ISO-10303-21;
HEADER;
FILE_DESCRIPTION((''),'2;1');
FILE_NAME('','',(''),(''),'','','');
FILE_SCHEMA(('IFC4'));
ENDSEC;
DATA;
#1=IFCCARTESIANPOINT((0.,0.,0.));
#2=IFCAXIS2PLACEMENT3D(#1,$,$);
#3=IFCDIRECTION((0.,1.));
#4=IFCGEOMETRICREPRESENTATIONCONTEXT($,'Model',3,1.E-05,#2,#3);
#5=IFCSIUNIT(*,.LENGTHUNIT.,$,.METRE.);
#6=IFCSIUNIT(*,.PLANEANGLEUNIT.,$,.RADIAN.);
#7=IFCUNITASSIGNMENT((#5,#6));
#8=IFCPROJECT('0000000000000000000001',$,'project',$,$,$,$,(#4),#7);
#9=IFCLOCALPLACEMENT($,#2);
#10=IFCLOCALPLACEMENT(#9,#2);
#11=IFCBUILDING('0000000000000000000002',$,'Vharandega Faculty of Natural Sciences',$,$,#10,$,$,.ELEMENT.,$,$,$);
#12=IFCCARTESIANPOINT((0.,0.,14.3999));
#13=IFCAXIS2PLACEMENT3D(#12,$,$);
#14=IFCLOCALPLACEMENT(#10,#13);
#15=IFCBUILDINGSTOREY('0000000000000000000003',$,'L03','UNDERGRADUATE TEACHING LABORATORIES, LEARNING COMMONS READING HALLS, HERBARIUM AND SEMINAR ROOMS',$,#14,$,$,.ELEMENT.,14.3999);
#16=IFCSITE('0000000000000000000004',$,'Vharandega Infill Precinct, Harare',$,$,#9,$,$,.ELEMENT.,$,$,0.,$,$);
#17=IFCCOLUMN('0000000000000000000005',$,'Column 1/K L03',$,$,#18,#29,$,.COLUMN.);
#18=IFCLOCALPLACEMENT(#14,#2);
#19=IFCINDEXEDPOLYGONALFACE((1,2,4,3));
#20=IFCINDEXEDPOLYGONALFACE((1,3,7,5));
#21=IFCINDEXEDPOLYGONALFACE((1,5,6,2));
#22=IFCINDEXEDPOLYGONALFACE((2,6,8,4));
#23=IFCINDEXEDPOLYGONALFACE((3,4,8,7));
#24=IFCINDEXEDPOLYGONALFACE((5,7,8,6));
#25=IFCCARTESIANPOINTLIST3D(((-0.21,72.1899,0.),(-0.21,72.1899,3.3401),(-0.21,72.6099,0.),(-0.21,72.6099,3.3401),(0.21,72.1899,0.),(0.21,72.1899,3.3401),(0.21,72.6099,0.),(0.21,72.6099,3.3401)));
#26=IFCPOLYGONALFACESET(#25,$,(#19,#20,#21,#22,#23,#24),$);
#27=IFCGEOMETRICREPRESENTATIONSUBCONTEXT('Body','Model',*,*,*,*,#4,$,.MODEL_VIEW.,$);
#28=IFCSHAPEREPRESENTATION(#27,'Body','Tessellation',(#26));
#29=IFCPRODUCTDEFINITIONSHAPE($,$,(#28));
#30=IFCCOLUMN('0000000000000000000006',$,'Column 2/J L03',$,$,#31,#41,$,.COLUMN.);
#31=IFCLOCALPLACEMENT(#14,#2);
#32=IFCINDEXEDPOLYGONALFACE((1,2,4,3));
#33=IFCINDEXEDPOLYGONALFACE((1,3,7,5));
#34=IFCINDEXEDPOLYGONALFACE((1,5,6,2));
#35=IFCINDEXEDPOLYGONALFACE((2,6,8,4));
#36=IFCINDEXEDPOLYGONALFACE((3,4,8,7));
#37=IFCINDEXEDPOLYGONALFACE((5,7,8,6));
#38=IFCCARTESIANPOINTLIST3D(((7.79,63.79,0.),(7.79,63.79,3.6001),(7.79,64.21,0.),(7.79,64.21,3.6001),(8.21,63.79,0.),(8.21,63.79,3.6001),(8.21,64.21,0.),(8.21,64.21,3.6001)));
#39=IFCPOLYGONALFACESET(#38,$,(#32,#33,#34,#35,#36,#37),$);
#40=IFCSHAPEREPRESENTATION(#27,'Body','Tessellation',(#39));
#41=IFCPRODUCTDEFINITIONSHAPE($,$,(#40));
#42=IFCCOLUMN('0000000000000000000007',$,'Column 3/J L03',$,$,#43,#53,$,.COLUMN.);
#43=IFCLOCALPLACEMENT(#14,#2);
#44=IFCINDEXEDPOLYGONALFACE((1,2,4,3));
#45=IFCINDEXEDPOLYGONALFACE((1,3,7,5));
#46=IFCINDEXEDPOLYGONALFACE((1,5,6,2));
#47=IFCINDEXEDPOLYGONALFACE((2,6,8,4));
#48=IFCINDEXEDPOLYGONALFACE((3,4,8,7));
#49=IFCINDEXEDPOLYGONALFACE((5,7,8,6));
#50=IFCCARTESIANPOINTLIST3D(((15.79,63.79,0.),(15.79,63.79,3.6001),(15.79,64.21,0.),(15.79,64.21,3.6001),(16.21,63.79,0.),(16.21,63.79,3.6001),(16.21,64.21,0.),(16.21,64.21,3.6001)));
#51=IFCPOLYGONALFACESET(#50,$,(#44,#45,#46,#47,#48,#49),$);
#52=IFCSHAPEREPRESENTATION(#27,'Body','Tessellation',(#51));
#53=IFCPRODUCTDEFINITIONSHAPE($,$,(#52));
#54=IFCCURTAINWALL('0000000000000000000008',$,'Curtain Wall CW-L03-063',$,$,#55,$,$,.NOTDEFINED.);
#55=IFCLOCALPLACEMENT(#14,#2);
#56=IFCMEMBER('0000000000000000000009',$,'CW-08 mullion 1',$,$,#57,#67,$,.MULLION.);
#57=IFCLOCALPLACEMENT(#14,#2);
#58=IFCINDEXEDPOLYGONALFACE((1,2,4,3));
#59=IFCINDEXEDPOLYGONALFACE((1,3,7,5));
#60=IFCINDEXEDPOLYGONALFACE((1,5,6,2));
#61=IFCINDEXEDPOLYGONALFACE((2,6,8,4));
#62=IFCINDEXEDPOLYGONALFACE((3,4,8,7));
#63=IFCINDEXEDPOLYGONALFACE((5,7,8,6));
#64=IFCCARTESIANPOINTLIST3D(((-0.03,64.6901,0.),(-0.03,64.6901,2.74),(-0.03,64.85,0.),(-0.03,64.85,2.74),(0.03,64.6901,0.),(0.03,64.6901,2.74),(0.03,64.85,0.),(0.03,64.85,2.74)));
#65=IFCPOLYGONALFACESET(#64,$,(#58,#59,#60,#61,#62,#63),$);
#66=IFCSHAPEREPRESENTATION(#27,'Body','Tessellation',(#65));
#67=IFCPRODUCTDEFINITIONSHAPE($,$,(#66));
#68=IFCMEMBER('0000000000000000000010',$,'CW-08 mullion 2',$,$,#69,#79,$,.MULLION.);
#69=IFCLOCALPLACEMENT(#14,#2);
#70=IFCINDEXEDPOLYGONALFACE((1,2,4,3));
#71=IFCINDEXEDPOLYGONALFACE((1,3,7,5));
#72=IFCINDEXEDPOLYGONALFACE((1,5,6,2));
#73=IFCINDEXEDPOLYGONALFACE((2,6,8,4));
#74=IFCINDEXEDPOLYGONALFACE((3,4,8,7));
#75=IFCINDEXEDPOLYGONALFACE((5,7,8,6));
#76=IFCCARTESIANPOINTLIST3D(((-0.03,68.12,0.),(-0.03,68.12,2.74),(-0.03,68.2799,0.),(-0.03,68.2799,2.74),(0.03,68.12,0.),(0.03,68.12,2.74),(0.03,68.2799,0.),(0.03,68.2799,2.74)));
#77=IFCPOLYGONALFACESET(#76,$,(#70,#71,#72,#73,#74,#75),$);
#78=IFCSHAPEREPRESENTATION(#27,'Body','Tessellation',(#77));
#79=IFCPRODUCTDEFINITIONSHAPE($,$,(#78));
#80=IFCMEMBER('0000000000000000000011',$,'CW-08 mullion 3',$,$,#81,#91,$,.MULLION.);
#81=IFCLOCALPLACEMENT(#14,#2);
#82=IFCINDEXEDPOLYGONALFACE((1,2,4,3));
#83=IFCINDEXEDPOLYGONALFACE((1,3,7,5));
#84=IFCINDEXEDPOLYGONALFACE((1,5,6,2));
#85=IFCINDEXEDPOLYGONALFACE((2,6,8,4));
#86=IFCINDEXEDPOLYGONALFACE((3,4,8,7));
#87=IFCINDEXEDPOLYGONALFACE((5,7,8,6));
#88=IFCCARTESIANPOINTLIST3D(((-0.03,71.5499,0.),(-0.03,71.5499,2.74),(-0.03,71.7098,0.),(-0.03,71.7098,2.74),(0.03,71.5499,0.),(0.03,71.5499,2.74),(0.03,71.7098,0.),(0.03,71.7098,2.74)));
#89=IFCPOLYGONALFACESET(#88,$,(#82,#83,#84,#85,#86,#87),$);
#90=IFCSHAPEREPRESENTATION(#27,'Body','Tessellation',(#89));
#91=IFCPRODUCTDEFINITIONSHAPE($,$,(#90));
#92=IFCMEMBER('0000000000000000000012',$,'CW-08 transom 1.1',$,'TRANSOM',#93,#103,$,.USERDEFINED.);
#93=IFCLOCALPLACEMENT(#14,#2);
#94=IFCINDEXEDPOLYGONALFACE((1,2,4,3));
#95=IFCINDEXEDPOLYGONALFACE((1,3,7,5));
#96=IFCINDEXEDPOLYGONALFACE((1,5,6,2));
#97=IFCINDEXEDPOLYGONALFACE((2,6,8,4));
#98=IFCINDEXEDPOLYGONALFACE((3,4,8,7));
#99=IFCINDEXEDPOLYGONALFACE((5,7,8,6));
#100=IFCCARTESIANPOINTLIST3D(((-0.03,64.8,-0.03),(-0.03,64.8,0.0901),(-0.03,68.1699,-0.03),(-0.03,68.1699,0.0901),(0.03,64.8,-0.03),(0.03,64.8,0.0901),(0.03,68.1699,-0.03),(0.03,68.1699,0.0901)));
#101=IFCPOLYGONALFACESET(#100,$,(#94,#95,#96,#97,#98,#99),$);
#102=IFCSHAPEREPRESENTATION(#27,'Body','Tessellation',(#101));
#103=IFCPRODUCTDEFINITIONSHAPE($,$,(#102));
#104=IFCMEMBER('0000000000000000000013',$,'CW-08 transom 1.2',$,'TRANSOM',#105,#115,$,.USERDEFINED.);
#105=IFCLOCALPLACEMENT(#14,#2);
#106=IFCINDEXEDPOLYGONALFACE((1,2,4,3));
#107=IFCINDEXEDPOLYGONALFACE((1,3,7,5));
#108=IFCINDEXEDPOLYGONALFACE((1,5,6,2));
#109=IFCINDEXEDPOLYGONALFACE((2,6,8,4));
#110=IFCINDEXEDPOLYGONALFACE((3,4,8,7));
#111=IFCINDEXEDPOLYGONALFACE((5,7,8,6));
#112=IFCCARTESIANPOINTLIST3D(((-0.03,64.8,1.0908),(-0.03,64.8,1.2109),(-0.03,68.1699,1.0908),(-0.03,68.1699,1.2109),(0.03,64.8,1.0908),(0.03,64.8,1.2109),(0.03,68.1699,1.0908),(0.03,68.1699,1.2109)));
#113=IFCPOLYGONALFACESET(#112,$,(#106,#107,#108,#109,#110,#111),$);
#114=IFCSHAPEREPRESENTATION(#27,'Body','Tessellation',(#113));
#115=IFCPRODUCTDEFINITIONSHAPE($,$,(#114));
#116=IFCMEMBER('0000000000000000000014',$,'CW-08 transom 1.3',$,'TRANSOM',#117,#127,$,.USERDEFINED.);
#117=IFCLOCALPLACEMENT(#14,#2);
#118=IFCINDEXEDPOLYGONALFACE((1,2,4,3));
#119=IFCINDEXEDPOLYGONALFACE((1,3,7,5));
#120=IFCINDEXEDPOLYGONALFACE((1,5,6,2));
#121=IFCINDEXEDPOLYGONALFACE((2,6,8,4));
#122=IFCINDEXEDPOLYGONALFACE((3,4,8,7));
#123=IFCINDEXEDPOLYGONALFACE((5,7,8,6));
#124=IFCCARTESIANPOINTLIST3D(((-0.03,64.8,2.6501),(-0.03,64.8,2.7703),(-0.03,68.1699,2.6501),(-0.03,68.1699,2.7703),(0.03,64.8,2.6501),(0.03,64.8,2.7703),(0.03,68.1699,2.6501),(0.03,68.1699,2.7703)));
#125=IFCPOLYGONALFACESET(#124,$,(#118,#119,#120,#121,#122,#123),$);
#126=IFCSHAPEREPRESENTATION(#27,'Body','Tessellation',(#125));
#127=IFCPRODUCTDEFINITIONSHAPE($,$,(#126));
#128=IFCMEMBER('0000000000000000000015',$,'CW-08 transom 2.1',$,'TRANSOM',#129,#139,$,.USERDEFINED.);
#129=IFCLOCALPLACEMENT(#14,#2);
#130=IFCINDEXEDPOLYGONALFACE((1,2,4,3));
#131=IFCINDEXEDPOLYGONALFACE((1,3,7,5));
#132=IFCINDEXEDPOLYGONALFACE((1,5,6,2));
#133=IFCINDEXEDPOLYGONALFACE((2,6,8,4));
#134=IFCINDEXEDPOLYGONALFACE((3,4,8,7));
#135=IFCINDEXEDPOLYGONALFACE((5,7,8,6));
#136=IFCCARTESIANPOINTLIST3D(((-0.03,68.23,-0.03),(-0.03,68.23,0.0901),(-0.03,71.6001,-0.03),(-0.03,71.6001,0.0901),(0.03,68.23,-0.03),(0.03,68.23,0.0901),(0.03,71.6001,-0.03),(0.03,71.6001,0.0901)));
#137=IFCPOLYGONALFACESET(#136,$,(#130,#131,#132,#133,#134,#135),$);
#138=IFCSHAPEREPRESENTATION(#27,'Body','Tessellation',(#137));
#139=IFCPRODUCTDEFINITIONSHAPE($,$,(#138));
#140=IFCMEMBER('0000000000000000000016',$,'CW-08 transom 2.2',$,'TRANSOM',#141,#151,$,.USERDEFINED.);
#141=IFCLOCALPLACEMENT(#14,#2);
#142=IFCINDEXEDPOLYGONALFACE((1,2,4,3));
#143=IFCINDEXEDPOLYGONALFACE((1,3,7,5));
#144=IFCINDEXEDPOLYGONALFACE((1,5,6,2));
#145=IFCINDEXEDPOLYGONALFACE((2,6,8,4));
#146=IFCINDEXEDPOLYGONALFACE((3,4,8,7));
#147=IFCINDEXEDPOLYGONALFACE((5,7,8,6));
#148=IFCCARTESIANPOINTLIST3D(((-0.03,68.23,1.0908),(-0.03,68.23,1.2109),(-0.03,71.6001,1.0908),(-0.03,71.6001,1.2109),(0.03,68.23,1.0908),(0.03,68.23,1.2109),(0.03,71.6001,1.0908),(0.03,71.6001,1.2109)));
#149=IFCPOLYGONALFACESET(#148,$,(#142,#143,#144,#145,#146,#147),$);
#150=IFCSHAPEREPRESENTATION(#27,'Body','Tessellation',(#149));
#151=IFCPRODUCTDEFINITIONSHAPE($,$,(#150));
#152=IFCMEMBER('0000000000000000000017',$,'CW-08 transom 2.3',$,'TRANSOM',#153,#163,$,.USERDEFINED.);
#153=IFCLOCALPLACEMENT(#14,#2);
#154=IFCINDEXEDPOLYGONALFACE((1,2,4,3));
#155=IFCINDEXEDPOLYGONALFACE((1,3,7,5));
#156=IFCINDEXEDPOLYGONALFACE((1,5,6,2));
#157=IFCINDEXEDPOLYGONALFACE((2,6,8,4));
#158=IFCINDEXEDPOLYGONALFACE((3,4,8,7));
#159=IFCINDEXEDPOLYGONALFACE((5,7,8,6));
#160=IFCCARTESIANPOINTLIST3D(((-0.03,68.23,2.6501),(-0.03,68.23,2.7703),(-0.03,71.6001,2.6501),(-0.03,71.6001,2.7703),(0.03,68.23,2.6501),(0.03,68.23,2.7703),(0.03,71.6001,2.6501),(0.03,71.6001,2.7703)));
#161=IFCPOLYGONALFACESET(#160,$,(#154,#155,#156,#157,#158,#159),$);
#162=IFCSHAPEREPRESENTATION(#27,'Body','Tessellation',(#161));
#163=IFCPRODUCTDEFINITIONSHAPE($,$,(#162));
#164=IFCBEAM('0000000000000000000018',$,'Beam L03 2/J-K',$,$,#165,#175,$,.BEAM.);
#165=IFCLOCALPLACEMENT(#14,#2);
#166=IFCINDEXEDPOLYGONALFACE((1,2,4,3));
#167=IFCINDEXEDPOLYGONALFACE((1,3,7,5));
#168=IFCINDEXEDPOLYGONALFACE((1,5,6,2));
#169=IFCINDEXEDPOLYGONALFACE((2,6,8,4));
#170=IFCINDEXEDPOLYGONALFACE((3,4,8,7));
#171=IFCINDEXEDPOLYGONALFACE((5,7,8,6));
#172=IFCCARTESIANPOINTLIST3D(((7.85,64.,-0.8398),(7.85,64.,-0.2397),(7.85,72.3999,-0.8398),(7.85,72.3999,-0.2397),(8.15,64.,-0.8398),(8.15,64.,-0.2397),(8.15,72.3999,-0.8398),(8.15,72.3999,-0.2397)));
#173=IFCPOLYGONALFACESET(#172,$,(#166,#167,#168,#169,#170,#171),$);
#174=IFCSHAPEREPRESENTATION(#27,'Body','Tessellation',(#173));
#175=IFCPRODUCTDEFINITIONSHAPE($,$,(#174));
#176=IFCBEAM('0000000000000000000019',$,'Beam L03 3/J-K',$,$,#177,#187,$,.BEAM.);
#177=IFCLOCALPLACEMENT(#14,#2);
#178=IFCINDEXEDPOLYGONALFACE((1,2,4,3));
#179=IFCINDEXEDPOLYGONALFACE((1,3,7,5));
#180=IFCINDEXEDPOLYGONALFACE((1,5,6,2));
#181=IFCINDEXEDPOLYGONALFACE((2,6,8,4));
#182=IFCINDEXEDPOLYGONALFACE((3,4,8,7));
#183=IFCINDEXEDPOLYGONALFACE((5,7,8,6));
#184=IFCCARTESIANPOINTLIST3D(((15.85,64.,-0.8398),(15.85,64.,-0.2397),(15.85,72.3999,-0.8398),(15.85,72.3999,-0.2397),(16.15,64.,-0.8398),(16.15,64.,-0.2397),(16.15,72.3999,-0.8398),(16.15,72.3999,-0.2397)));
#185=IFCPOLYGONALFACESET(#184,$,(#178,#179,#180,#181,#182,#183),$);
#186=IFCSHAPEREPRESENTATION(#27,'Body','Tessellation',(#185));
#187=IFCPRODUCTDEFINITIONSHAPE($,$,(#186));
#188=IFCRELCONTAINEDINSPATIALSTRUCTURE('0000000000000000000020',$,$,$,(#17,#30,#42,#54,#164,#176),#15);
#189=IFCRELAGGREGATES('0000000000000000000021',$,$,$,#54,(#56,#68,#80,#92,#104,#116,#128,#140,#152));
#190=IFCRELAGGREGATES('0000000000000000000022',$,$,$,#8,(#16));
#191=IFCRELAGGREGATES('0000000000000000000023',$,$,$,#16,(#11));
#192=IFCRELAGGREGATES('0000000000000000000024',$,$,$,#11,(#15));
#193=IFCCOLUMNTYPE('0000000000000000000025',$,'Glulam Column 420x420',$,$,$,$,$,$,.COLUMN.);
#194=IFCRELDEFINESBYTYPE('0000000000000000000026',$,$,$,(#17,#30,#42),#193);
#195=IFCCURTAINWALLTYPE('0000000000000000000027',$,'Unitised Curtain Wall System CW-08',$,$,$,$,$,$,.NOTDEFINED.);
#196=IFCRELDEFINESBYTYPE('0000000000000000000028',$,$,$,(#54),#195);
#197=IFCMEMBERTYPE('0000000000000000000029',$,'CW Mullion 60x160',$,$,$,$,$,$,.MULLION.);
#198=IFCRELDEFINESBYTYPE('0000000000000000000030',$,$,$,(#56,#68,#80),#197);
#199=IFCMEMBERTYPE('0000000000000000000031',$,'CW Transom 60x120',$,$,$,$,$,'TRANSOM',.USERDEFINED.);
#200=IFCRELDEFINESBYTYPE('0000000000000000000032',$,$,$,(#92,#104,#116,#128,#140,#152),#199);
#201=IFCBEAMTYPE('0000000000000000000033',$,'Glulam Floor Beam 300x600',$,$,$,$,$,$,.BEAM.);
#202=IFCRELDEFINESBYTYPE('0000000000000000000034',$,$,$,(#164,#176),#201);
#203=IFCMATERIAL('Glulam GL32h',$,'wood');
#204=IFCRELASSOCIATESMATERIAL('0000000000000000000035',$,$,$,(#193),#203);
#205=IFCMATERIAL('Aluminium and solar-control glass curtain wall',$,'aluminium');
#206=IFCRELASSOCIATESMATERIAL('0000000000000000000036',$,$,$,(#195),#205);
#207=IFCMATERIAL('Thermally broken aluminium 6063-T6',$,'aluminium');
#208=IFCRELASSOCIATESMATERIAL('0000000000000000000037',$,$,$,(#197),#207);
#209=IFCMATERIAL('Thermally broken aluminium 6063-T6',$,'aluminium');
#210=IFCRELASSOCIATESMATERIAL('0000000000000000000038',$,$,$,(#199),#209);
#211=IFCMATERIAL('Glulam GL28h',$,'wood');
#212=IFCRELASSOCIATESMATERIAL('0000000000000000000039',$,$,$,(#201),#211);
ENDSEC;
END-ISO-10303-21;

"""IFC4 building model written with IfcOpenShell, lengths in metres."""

from ifc_helpers import new_model, si_unit, direction, frame, origin, origin_2d, place, context, subcontext, project, spatial, rectangle, extrude, material, material_profile, profile_set, type_object, element, aggregate, save


model = new_model("IFC4")

# Units and contexts
model_context = context("Model", 3, precision=1e-05, world=origin(), true_north=direction((0.0, 1.0)))
body_context = subcontext(model_context, "Body", "Model", "MODEL_VIEW")
ifc_project = project(units=[si_unit("LENGTHUNIT", "METRE"), si_unit("PLANEANGLEUNIT", "RADIAN")], contexts=[model_context])

# Site, building, storey
site_placement = place(None, origin())
site = spatial("IfcSite", under=ifc_project, at=site_placement, Name="Vharandega Infill Precinct, Harare", CompositionType="ELEMENT", RefElevation=0.0)
building_placement = place(site_placement, origin())
building = spatial("IfcBuilding", under=site, at=building_placement, Name="Vharandega Faculty of Natural Sciences", CompositionType="ELEMENT")
storey_placement = place(building_placement, frame((0.0, 0.0, 14.3999)))
storey = spatial("IfcBuildingStorey", under=building, at=storey_placement, Name="L03", Description="UNDERGRADUATE TEACHING LABORATORIES, LEARNING COMMONS READING HALLS, HERBARIUM AND SEMINAR ROOMS", CompositionType="ELEMENT", Elevation=14.3999)

# Columns
ifc_material_1 = material(Name="Glulam GL32h", Category="wood")
ifc_material_profile_1 = material_profile(ifc_material_1, rectangle(XDim=0.4199, YDim=0.4199, at=origin_2d()), Name="GL32h 420x420")
ifc_profile_set_1 = profile_set([ifc_material_profile_1], Name="Glulam GL32h")
column_type = type_object("IfcColumnType", Name="Glulam Column 420x420", PredefinedType="COLUMN", material=ifc_profile_set_1)
column_placement = place(storey_placement, frame((0.0, 72.3999, 0.0), z_axis=(0.0, 0.0, 1.0), x_axis=(1.0, 0.0, 0.0)))
element("IfcColumn", 1, at=column_placement, inside=storey, type_object=column_type, Name="Column 1/K L03", PredefinedType="COLUMN", context=body_context, shape_type="SweptSolid", body=[
    extrude(rectangle(XDim=0.4199, YDim=0.4199, at=origin_2d()), origin(), (0.0, 0.0, 1.0), 3.3401),
])
for number, where, z_axis, x_axis, name in (
    (2, (8.0, 64.0, 0.0), (0.0, 0.0, 1.0), (1.0, 0.0, 0.0), "Column 2/J L03"),
    (3, (16.0, 64.0, 0.0), (0.0, 0.0, 1.0), (1.0, 0.0, 0.0), "Column 3/J L03"),
):
    element("IfcColumn", number, at=place(storey_placement, frame(where, z_axis=z_axis, x_axis=x_axis)), inside=storey, type_object=column_type, Name=name, PredefinedType="COLUMN", context=body_context, shape_type="SweptSolid", body=[
        extrude(rectangle(XDim=0.4199, YDim=0.4199, at=origin_2d()), origin(), (0.0, 0.0, 1.0), 3.6001),
    ])

# Curtain wall, members
ifc_material_2 = material(Name="Aluminium and solar-control glass curtain wall", Category="aluminium")
curtain_wall_type = type_object("IfcCurtainWallType", Name="Unitised Curtain Wall System CW-08", PredefinedType="NOTDEFINED", material=ifc_material_2)
curtain_wall_placement = place(storey_placement, origin())
curtain_wall = element("IfcCurtainWall", 4, at=curtain_wall_placement, inside=storey, type_object=curtain_wall_type, Name="Curtain Wall CW-L03-063", PredefinedType="NOTDEFINED")
ifc_material_3 = material(Name="Thermally broken aluminium 6063-T6", Category="aluminium")
ifc_material_profile_2 = material_profile(ifc_material_3, rectangle(XDim=0.0601, YDim=0.1599, at=origin_2d()), Name="ALU 60x160")
ifc_profile_set_2 = profile_set([ifc_material_profile_2], Name="Thermally broken aluminium 6063-T6")
member_type_1 = type_object("IfcMemberType", Name="CW Mullion 60x160", PredefinedType="MULLION", material=ifc_profile_set_2)
member_1_placement = place(storey_placement, frame((0.0, 64.77, 0.0), z_axis=(0.0, 0.0, 1.0), x_axis=(-1.0, 0.0, 0.0)))
member_1 = element("IfcMember", 5, at=member_1_placement, type_object=member_type_1, Name="CW-08 mullion 1", PredefinedType="MULLION", context=body_context, shape_type="SweptSolid", body=[
    extrude(rectangle(XDim=0.0601, YDim=0.1599, at=origin_2d()), origin(), (0.0, 0.0, 1.0), 2.74),
])
member_2_placement = place(storey_placement, frame((0.0, 68.2, 0.0), z_axis=(0.0, 0.0, 1.0), x_axis=(-1.0, 0.0, 0.0)))
member_2 = element("IfcMember", 6, at=member_2_placement, type_object=member_type_1, Name="CW-08 mullion 2", PredefinedType="MULLION", context=body_context, shape_type="SweptSolid", body=[
    extrude(rectangle(XDim=0.0601, YDim=0.1599, at=origin_2d()), origin(), (0.0, 0.0, 1.0), 2.74),
])
member_3_placement = place(storey_placement, frame((0.0, 71.6299, 0.0), z_axis=(0.0, 0.0, 1.0), x_axis=(-1.0, 0.0, 0.0)))
member_3 = element("IfcMember", 7, at=member_3_placement, type_object=member_type_1, Name="CW-08 mullion 3", PredefinedType="MULLION", context=body_context, shape_type="SweptSolid", body=[
    extrude(rectangle(XDim=0.0601, YDim=0.1599, at=origin_2d()), origin(), (0.0, 0.0, 1.0), 2.74),
])
ifc_material_4 = material(Name="Thermally broken aluminium 6063-T6", Category="aluminium")
ifc_material_profile_3 = material_profile(ifc_material_4, rectangle(XDim=0.0601, YDim=0.1201, at=origin_2d()), Name="ALU 60x120")
ifc_profile_set_3 = profile_set([ifc_material_profile_3], Name="Thermally broken aluminium 6063-T6")
member_type_2 = type_object("IfcMemberType", Name="CW Transom 60x120", ElementType="TRANSOM", PredefinedType="USERDEFINED", material=ifc_profile_set_3)
member_4_placement = place(storey_placement, frame((0.0, 64.8, 0.03), z_axis=(0.0, 1.0, 0.0), x_axis=(-1.0, 0.0, 0.0)))
member_4 = element("IfcMember", 8, at=member_4_placement, type_object=member_type_2, Name="CW-08 transom 1.1", ObjectType="TRANSOM", PredefinedType="USERDEFINED", context=body_context, shape_type="SweptSolid", body=[
    extrude(rectangle(XDim=0.0601, YDim=0.1201, at=origin_2d()), origin(), (0.0, 0.0, 1.0), 3.3699),
])
member_5_placement = place(storey_placement, frame((0.0, 64.8, 1.1509), z_axis=(0.0, 1.0, 0.0), x_axis=(-1.0, 0.0, 0.0)))
member_5 = element("IfcMember", 9, at=member_5_placement, type_object=member_type_2, Name="CW-08 transom 1.2", ObjectType="TRANSOM", PredefinedType="USERDEFINED", context=body_context, shape_type="SweptSolid", body=[
    extrude(rectangle(XDim=0.0601, YDim=0.1201, at=origin_2d()), origin(), (0.0, 0.0, 1.0), 3.3699),
])
member_6_placement = place(storey_placement, frame((0.0, 64.8, 2.7102), z_axis=(0.0, 1.0, 0.0), x_axis=(-1.0, 0.0, 0.0)))
member_6 = element("IfcMember", 10, at=member_6_placement, type_object=member_type_2, Name="CW-08 transom 1.3", ObjectType="TRANSOM", PredefinedType="USERDEFINED", context=body_context, shape_type="SweptSolid", body=[
    extrude(rectangle(XDim=0.0601, YDim=0.1201, at=origin_2d()), origin(), (0.0, 0.0, 1.0), 3.3699),
])
member_7_placement = place(storey_placement, frame((0.0, 68.23, 0.03), z_axis=(0.0, 1.0, 0.0), x_axis=(-1.0, 0.0, 0.0)))
member_7 = element("IfcMember", 11, at=member_7_placement, type_object=member_type_2, Name="CW-08 transom 2.1", ObjectType="TRANSOM", PredefinedType="USERDEFINED", context=body_context, shape_type="SweptSolid", body=[
    extrude(rectangle(XDim=0.0601, YDim=0.1201, at=origin_2d()), origin(), (0.0, 0.0, 1.0), 3.3701),
])
member_8_placement = place(storey_placement, frame((0.0, 68.23, 1.1509), z_axis=(0.0, 1.0, 0.0), x_axis=(-1.0, 0.0, 0.0)))
member_8 = element("IfcMember", 12, at=member_8_placement, type_object=member_type_2, Name="CW-08 transom 2.2", ObjectType="TRANSOM", PredefinedType="USERDEFINED", context=body_context, shape_type="SweptSolid", body=[
    extrude(rectangle(XDim=0.0601, YDim=0.1201, at=origin_2d()), origin(), (0.0, 0.0, 1.0), 3.3701),
])
member_9_placement = place(storey_placement, frame((0.0, 68.23, 2.7102), z_axis=(0.0, 1.0, 0.0), x_axis=(-1.0, 0.0, 0.0)))
member_9 = element("IfcMember", 13, at=member_9_placement, type_object=member_type_2, Name="CW-08 transom 2.3", ObjectType="TRANSOM", PredefinedType="USERDEFINED", context=body_context, shape_type="SweptSolid", body=[
    extrude(rectangle(XDim=0.0601, YDim=0.1201, at=origin_2d()), origin(), (0.0, 0.0, 1.0), 3.3701),
])

# Beams
ifc_material_5 = material(Name="Glulam GL28h", Category="wood")
ifc_material_profile_4 = material_profile(ifc_material_5, rectangle(XDim=0.3, YDim=0.6001, at=origin_2d()), Name="GL28h 300x600")
ifc_profile_set_4 = profile_set([ifc_material_profile_4], Name="Glulam GL28h")
beam_type_1 = type_object("IfcBeamType", Name="Glulam Floor Beam 300x600", PredefinedType="BEAM", material=ifc_profile_set_4)
for number, where, z_axis, x_axis, name in (
    (14, (8.0, 64.0, -0.5398), (0.0, 1.0, 0.0), (-1.0, 0.0, 0.0), "Beam L03 2/J-K"),
    (15, (16.0, 64.0, -0.5398), (0.0, 1.0, 0.0), (-1.0, 0.0, 0.0), "Beam L03 3/J-K"),
):
    element("IfcBeam", number, at=place(storey_placement, frame(where, z_axis=z_axis, x_axis=x_axis)), inside=storey, type_object=beam_type_1, Name=name, PredefinedType="BEAM", context=body_context, shape_type="SweptSolid", body=[
        extrude(rectangle(XDim=0.3, YDim=0.6001, at=origin_2d()), origin(), (0.0, 0.0, 1.0), 8.3999),
    ])

aggregate(curtain_wall, [member_1, member_2, member_3, member_4, member_5, member_6, member_7, member_8, member_9])

save(model, "model.ifc")
